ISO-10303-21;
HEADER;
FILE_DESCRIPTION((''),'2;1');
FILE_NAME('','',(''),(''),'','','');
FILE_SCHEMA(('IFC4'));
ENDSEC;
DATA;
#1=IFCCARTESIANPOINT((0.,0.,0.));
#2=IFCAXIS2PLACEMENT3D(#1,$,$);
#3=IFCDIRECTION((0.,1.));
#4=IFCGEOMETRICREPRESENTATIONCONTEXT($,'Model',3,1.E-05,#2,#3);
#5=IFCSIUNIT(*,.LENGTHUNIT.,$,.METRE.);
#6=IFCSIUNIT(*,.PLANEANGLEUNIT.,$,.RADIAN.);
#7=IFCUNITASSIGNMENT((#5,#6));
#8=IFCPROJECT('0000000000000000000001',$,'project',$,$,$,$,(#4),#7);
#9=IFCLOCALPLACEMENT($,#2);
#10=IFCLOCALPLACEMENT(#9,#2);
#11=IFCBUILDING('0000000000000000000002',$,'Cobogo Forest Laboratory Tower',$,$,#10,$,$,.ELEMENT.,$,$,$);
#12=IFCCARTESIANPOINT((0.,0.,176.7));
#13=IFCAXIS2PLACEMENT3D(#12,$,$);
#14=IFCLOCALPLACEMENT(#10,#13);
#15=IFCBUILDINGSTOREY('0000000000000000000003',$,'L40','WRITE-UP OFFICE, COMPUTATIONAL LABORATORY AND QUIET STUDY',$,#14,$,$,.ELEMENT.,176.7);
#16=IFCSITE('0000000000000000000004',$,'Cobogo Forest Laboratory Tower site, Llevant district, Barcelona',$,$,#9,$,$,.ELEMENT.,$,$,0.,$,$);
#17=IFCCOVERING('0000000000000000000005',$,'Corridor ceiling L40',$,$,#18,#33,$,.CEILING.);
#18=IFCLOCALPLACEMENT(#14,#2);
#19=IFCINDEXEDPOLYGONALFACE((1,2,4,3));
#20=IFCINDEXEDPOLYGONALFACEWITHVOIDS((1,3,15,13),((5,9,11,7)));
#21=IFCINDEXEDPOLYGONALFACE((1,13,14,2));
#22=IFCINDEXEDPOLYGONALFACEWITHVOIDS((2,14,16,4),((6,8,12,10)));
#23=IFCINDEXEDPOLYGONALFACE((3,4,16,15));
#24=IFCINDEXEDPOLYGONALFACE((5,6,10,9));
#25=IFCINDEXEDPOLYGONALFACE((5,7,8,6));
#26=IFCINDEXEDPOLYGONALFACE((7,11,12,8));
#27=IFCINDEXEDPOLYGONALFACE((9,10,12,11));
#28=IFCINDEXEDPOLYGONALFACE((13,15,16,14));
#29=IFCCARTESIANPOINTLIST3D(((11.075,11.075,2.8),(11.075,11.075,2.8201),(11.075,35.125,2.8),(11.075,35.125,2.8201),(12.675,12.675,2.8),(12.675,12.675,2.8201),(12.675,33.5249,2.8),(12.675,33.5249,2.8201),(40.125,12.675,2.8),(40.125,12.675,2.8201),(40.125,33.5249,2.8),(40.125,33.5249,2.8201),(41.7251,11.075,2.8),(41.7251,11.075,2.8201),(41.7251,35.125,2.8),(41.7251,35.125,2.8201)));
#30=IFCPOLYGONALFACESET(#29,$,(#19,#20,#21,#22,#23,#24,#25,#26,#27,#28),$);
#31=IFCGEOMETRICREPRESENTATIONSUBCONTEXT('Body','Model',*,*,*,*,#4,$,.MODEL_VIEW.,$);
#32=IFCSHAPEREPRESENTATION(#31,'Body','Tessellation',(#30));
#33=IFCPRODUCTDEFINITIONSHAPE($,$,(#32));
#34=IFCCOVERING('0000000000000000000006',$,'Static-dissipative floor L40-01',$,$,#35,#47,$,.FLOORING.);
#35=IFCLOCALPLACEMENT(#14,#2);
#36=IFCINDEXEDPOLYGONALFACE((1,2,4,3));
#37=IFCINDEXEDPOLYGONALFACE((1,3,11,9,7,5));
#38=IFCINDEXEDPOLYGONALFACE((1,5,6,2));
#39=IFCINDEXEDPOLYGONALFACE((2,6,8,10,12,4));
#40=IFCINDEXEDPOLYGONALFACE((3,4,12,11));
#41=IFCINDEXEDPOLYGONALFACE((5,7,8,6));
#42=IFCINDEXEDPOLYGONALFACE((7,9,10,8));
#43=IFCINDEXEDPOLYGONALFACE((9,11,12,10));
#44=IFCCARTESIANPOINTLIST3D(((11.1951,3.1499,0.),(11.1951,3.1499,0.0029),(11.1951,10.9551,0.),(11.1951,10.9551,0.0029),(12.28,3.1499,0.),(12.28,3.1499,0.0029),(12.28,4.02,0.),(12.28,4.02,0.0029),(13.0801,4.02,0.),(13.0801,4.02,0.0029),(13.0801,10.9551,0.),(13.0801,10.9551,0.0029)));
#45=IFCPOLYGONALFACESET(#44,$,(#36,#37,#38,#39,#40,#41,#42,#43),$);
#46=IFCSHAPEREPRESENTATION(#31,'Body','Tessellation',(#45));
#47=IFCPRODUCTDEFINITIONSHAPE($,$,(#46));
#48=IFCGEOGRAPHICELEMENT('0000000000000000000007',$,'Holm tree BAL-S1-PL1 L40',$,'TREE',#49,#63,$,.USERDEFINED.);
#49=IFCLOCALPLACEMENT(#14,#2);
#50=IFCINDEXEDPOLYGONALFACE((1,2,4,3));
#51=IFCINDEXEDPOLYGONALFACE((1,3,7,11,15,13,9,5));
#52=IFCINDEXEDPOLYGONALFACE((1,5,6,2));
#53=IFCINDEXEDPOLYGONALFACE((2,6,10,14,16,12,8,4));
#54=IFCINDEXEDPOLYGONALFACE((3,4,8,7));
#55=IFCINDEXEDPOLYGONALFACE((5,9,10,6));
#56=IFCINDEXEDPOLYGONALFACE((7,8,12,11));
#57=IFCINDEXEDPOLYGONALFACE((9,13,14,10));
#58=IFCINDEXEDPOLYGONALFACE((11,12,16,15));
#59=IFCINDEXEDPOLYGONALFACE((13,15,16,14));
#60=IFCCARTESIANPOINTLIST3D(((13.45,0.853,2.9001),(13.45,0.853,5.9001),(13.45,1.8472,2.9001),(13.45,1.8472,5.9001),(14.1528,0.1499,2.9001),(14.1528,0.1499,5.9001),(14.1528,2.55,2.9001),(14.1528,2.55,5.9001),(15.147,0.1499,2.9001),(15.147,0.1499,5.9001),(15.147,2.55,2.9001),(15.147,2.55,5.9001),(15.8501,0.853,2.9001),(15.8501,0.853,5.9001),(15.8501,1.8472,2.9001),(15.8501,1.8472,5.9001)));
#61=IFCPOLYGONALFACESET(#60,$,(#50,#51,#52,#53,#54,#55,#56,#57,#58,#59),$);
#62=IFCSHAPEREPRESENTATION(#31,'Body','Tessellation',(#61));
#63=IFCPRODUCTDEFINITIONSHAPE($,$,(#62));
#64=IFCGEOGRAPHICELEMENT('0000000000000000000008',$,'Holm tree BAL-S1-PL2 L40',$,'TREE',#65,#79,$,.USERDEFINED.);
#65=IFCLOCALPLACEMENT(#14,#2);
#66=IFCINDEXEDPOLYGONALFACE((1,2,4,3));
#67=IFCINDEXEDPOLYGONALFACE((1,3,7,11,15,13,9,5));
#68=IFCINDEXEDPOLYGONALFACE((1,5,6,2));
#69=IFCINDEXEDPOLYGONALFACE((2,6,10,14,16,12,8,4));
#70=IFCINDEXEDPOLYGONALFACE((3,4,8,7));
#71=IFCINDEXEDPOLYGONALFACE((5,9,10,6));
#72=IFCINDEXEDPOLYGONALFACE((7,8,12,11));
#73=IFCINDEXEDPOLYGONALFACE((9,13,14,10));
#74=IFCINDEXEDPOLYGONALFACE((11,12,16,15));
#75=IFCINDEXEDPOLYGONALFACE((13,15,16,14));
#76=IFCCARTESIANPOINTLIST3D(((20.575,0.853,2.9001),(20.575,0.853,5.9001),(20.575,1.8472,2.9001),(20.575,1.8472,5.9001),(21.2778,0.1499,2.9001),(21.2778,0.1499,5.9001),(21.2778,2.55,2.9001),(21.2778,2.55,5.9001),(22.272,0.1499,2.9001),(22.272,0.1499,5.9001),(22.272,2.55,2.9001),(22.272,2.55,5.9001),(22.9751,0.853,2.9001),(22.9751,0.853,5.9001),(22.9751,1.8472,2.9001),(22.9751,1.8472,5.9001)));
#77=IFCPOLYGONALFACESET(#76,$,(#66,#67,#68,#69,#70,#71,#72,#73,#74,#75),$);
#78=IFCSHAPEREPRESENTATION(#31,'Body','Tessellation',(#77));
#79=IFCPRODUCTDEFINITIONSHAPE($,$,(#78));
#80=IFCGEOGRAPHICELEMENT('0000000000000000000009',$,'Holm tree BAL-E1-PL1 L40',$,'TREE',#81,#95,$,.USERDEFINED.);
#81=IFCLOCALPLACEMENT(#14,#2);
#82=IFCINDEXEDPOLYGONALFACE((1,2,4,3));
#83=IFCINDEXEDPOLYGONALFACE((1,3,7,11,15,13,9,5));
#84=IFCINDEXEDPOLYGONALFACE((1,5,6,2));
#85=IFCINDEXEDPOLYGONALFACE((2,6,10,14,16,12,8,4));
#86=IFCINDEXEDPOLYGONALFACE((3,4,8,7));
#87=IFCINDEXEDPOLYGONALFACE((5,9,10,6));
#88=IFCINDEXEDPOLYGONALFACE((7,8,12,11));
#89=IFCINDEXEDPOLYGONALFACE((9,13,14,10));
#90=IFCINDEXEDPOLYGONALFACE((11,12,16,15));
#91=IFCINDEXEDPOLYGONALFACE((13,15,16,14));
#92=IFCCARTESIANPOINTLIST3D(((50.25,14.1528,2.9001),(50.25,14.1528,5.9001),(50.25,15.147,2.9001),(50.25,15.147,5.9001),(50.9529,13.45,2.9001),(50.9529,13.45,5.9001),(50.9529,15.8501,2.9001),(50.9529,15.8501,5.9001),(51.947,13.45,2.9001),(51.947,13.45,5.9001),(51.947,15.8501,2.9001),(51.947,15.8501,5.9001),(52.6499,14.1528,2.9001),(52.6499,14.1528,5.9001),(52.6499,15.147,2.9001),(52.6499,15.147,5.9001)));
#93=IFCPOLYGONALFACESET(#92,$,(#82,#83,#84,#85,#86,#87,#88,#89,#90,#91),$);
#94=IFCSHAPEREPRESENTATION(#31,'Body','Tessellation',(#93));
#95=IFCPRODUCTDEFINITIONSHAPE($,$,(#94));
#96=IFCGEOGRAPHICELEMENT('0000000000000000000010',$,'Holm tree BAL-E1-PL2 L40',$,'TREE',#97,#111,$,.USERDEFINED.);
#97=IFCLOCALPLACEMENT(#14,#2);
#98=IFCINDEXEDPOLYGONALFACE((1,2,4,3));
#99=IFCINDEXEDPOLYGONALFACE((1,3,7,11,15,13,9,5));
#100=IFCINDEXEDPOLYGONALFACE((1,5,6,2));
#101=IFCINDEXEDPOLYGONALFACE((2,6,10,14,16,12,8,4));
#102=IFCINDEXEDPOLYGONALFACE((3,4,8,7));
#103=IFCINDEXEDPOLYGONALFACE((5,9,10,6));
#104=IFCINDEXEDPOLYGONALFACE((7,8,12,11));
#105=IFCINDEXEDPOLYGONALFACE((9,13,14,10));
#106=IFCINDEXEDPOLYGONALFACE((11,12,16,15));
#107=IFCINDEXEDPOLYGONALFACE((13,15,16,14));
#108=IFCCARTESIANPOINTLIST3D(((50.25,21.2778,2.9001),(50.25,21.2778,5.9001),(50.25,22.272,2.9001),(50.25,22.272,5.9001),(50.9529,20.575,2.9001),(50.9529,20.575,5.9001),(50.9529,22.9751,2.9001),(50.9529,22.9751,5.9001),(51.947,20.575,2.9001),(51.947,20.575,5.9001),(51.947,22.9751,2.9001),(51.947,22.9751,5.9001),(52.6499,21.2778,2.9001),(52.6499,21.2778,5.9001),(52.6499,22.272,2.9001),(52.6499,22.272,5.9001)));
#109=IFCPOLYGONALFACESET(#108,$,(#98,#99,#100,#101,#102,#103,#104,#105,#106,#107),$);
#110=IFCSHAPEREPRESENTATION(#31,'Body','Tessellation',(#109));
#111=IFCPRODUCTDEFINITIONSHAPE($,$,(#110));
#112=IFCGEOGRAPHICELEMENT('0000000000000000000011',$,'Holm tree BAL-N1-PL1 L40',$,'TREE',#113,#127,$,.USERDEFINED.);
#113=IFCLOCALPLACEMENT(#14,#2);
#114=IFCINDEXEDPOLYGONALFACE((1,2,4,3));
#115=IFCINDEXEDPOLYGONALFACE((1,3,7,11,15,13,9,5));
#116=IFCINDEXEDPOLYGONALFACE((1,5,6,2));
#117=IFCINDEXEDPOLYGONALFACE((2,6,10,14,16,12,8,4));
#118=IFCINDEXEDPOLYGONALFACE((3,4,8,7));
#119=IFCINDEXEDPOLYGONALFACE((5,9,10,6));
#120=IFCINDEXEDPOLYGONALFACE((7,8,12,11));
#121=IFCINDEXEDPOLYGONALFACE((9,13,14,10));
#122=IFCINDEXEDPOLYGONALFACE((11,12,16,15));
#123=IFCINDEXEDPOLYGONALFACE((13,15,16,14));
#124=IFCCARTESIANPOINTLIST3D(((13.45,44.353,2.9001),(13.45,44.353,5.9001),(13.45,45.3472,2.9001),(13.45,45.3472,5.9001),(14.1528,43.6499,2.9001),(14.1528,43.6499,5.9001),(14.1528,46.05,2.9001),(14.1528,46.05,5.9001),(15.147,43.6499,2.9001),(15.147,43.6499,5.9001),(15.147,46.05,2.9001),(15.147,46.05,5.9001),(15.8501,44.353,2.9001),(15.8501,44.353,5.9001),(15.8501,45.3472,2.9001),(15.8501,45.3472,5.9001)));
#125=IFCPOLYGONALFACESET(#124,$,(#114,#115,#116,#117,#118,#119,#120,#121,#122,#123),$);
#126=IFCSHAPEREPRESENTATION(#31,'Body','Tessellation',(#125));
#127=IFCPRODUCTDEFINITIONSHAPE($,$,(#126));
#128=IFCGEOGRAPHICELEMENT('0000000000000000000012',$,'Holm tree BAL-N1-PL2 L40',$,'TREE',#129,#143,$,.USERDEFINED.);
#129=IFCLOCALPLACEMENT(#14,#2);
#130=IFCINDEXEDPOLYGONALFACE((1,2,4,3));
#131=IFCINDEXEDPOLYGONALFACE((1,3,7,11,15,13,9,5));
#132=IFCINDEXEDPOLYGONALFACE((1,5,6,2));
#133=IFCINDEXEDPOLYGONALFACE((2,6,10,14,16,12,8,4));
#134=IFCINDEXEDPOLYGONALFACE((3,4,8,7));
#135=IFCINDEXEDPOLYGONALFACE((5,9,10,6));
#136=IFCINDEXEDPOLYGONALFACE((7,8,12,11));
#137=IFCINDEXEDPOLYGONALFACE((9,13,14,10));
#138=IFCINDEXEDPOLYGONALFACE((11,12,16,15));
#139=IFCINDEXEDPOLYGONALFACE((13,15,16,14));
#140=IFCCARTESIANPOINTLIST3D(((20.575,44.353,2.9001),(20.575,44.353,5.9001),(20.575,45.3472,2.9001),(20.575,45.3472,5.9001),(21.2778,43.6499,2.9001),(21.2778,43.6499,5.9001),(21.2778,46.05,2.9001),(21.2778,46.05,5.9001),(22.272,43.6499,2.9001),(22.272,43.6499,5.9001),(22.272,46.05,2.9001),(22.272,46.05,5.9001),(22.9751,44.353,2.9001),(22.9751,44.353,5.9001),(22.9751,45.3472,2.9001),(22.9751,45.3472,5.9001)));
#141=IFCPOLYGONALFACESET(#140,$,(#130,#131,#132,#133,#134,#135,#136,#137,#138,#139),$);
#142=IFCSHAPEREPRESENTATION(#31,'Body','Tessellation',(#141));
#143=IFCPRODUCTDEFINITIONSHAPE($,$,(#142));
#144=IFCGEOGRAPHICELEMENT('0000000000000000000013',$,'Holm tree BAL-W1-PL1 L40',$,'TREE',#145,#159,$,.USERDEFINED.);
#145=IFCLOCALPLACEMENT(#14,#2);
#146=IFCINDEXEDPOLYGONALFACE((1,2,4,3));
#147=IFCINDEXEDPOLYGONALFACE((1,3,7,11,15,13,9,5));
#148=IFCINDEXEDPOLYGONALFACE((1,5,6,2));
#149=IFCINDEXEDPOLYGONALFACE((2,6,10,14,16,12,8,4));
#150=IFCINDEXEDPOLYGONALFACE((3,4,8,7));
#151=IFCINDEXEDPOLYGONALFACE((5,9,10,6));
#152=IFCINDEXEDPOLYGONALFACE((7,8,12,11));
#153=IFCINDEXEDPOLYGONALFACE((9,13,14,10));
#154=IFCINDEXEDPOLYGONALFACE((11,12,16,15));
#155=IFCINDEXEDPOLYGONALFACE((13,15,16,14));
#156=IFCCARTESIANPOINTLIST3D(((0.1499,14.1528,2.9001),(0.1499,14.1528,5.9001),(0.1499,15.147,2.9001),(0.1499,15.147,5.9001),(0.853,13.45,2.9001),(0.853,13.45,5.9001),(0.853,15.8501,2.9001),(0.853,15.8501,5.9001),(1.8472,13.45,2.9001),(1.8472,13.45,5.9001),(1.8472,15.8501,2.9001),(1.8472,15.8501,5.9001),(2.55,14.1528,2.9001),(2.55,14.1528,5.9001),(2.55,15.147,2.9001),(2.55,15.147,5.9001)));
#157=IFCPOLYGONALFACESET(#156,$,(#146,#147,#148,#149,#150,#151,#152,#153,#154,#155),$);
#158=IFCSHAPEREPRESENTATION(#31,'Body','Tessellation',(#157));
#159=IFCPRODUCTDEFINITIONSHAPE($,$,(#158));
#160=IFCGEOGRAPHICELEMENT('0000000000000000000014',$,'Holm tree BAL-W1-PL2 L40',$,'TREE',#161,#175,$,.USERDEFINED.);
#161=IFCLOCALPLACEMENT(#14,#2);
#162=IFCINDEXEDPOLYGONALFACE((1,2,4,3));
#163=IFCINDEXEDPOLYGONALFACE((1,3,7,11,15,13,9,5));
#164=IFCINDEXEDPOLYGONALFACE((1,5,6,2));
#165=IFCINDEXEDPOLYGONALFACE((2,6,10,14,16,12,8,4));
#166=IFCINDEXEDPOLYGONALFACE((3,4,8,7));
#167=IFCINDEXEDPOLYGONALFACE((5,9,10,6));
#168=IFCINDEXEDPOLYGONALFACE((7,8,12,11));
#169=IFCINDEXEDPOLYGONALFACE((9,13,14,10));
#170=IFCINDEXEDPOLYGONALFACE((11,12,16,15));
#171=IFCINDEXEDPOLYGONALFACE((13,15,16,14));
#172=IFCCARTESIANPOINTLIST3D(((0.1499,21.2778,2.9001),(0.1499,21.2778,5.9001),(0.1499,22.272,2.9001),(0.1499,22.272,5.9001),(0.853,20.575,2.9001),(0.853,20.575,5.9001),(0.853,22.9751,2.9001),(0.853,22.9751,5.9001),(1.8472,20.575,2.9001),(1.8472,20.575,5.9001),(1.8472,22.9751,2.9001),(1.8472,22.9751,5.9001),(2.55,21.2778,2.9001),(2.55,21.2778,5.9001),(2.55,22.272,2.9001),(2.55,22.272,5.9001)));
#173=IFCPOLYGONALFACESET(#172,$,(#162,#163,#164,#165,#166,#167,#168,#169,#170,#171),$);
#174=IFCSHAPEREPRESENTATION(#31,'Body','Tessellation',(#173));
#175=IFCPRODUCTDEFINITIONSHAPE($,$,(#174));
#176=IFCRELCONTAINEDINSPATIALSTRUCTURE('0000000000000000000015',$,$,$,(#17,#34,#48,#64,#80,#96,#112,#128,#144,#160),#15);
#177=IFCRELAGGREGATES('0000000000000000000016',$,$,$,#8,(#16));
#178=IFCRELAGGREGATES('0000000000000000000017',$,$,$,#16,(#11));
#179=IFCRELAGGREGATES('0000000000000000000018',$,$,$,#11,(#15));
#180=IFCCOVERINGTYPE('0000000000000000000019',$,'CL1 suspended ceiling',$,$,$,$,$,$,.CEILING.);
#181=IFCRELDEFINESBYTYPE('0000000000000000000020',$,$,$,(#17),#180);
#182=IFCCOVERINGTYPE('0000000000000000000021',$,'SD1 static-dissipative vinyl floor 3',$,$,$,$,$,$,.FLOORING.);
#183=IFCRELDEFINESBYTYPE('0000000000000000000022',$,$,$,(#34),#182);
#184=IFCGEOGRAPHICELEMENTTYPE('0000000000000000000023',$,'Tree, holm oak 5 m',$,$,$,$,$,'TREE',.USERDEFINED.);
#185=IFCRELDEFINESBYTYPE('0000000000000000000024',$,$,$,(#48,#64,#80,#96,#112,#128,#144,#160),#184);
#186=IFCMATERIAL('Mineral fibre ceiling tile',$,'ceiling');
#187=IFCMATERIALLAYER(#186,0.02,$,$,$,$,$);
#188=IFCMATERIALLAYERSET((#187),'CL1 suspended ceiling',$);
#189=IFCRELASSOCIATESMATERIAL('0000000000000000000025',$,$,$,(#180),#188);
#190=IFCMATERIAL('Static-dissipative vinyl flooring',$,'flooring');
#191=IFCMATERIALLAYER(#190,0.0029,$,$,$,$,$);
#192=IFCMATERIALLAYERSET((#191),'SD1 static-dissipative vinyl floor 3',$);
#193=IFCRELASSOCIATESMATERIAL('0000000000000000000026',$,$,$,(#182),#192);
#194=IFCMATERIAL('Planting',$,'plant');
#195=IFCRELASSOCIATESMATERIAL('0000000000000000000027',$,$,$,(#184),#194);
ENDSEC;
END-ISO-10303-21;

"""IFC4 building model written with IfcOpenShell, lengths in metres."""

from ifc_helpers import new_model, si_unit, direction, frame, origin, place, context, subcontext, project, spatial, polyline, outline, extrude, material, layer, layer_set, type_object, element, save


model = new_model("IFC4")

# Units and contexts
model_context = context("Model", 3, precision=1e-05, world=origin(), true_north=direction((0.0, 1.0)))
body_context = subcontext(model_context, "Body", "Model", "MODEL_VIEW")
ifc_project = project(units=[si_unit("LENGTHUNIT", "METRE"), si_unit("PLANEANGLEUNIT", "RADIAN")], contexts=[model_context])

# Site, building, storey
site_placement = place(None, origin())
site = spatial("IfcSite", under=ifc_project, at=site_placement, Name="Cobogo Forest Laboratory Tower site, Llevant district, Barcelona", CompositionType="ELEMENT", RefElevation=0.0)
building_placement = place(site_placement, origin())
building = spatial("IfcBuilding", under=site, at=building_placement, Name="Cobogo Forest Laboratory Tower", CompositionType="ELEMENT")
storey_placement = place(building_placement, frame((0.0, 0.0, 176.7)))
storey = spatial("IfcBuildingStorey", under=building, at=storey_placement, Name="L40", Description="WRITE-UP OFFICE, COMPUTATIONAL LABORATORY AND QUIET STUDY", CompositionType="ELEMENT", Elevation=176.7)

# Coverings
ifc_material_1 = material(Name="Mineral fibre ceiling tile", Category="ceiling")
ifc_layer_1 = layer(ifc_material_1, 0.02)
ifc_layer_set_1 = layer_set([ifc_layer_1], Name="CL1 suspended ceiling")
covering_type_1 = type_object("IfcCoveringType", Name="CL1 suspended ceiling", PredefinedType="CEILING", material=ifc_layer_set_1)
covering_1_placement = place(storey_placement, frame((0.0, 0.0, 2.8)))
element("IfcCovering", 1, at=covering_1_placement, inside=storey, type_object=covering_type_1, Name="Corridor ceiling L40", PredefinedType="CEILING", context=body_context, shape_type="SweptSolid", body=[
    extrude(outline(polyline([(11.075, 11.075), (11.075, 35.125), (41.7251, 35.125), (41.7251, 11.075), (11.075, 11.075)]), holes=[polyline([(40.125, 33.5249), (12.675, 33.5249), (12.675, 12.675), (40.125, 12.675), (40.125, 33.5249)])]), origin(), (0.0, 0.0, 1.0), 0.02),
])
ifc_material_2 = material(Name="Static-dissipative vinyl flooring", Category="flooring")
ifc_layer_2 = layer(ifc_material_2, 0.0029)
ifc_layer_set_2 = layer_set([ifc_layer_2], Name="SD1 static-dissipative vinyl floor 3")
covering_type_2 = type_object("IfcCoveringType", Name="SD1 static-dissipative vinyl floor 3", PredefinedType="FLOORING", material=ifc_layer_set_2)
covering_2_placement = place(storey_placement, origin())
element("IfcCovering", 2, at=covering_2_placement, inside=storey, type_object=covering_type_2, Name="Static-dissipative floor L40-01", PredefinedType="FLOORING", context=body_context, shape_type="SweptSolid", body=[
    extrude(outline(polyline([(13.0801, 10.9551), (13.0801, 4.02), (12.28, 4.02), (12.28, 3.1499), (11.1951, 3.1499), (11.1951, 10.9551), (13.0801, 10.9551)])), origin(), (0.0, 0.0, 1.0), 0.0029),
])

# Geographic elements
ifc_material_3 = material(Name="Planting", Category="plant")
geographic_element_type = type_object("IfcGeographicElementType", Name="Tree, holm oak 5 m", ElementType="TREE", PredefinedType="USERDEFINED", material=ifc_material_3)
geographic_element_1_placement = place(storey_placement, frame((0.0, 0.0, 2.9001)))
element("IfcGeographicElement", 3, at=geographic_element_1_placement, inside=storey, type_object=geographic_element_type, Name="Holm tree BAL-S1-PL1 L40", ObjectType="TREE", PredefinedType="USERDEFINED", context=body_context, shape_type="SweptSolid", body=[
    extrude(outline(polyline([(15.8501, 0.853), (15.8501, 1.8472), (15.147, 2.55), (14.1528, 2.55), (13.45, 1.8472), (13.45, 0.853), (14.1528, 0.1499), (15.147, 0.1499), (15.8501, 0.853)])), origin(), (0.0, 0.0, 1.0), 3.0),
])
geographic_element_2_placement = place(storey_placement, frame((0.0, 0.0, 2.9001)))
element("IfcGeographicElement", 4, at=geographic_element_2_placement, inside=storey, type_object=geographic_element_type, Name="Holm tree BAL-S1-PL2 L40", ObjectType="TREE", PredefinedType="USERDEFINED", context=body_context, shape_type="SweptSolid", body=[
    extrude(outline(polyline([(22.9751, 0.853), (22.9751, 1.8472), (22.272, 2.55), (21.2778, 2.55), (20.575, 1.8472), (20.575, 0.853), (21.2778, 0.1499), (22.272, 0.1499), (22.9751, 0.853)])), origin(), (0.0, 0.0, 1.0), 3.0),
])
geographic_element_3_placement = place(storey_placement, frame((0.0, 0.0, 2.9001)))
element("IfcGeographicElement", 5, at=geographic_element_3_placement, inside=storey, type_object=geographic_element_type, Name="Holm tree BAL-E1-PL1 L40", ObjectType="TREE", PredefinedType="USERDEFINED", context=body_context, shape_type="SweptSolid", body=[
    extrude(outline(polyline([(52.6499, 14.1528), (52.6499, 15.147), (51.947, 15.8501), (50.9529, 15.8501), (50.25, 15.147), (50.25, 14.1528), (50.9529, 13.45), (51.947, 13.45), (52.6499, 14.1528)])), origin(), (0.0, 0.0, 1.0), 3.0),
])
geographic_element_4_placement = place(storey_placement, frame((0.0, 0.0, 2.9001)))
element("IfcGeographicElement", 6, at=geographic_element_4_placement, inside=storey, type_object=geographic_element_type, Name="Holm tree BAL-E1-PL2 L40", ObjectType="TREE", PredefinedType="USERDEFINED", context=body_context, shape_type="SweptSolid", body=[
    extrude(outline(polyline([(52.6499, 21.2778), (52.6499, 22.272), (51.947, 22.9751), (50.9529, 22.9751), (50.25, 22.272), (50.25, 21.2778), (50.9529, 20.575), (51.947, 20.575), (52.6499, 21.2778)])), origin(), (0.0, 0.0, 1.0), 3.0),
])
geographic_element_5_placement = place(storey_placement, frame((0.0, 0.0, 2.9001)))
element("IfcGeographicElement", 7, at=geographic_element_5_placement, inside=storey, type_object=geographic_element_type, Name="Holm tree BAL-N1-PL1 L40", ObjectType="TREE", PredefinedType="USERDEFINED", context=body_context, shape_type="SweptSolid", body=[
    extrude(outline(polyline([(15.8501, 44.353), (15.8501, 45.3472), (15.147, 46.05), (14.1528, 46.05), (13.45, 45.3472), (13.45, 44.353), (14.1528, 43.6499), (15.147, 43.6499), (15.8501, 44.353)])), origin(), (0.0, 0.0, 1.0), 3.0),
])
geographic_element_6_placement = place(storey_placement, frame((0.0, 0.0, 2.9001)))
element("IfcGeographicElement", 8, at=geographic_element_6_placement, inside=storey, type_object=geographic_element_type, Name="Holm tree BAL-N1-PL2 L40", ObjectType="TREE", PredefinedType="USERDEFINED", context=body_context, shape_type="SweptSolid", body=[
    extrude(outline(polyline([(22.9751, 44.353), (22.9751, 45.3472), (22.272, 46.05), (21.2778, 46.05), (20.575, 45.3472), (20.575, 44.353), (21.2778, 43.6499), (22.272, 43.6499), (22.9751, 44.353)])), origin(), (0.0, 0.0, 1.0), 3.0),
])
geographic_element_7_placement = place(storey_placement, frame((0.0, 0.0, 2.9001)))
element("IfcGeographicElement", 9, at=geographic_element_7_placement, inside=storey, type_object=geographic_element_type, Name="Holm tree BAL-W1-PL1 L40", ObjectType="TREE", PredefinedType="USERDEFINED", context=body_context, shape_type="SweptSolid", body=[
    extrude(outline(polyline([(2.55, 14.1528), (2.55, 15.147), (1.8472, 15.8501), (0.853, 15.8501), (0.1499, 15.147), (0.1499, 14.1528), (0.853, 13.45), (1.8472, 13.45), (2.55, 14.1528)])), origin(), (0.0, 0.0, 1.0), 3.0),
])
geographic_element_8_placement = place(storey_placement, frame((0.0, 0.0, 2.9001)))
element("IfcGeographicElement", 10, at=geographic_element_8_placement, inside=storey, type_object=geographic_element_type, Name="Holm tree BAL-W1-PL2 L40", ObjectType="TREE", PredefinedType="USERDEFINED", context=body_context, shape_type="SweptSolid", body=[
    extrude(outline(polyline([(2.55, 21.2778), (2.55, 22.272), (1.8472, 22.9751), (0.853, 22.9751), (0.1499, 22.272), (0.1499, 21.2778), (0.853, 20.575), (1.8472, 20.575), (2.55, 21.2778)])), origin(), (0.0, 0.0, 1.0), 3.0),
])

save(model, "model.ifc")
